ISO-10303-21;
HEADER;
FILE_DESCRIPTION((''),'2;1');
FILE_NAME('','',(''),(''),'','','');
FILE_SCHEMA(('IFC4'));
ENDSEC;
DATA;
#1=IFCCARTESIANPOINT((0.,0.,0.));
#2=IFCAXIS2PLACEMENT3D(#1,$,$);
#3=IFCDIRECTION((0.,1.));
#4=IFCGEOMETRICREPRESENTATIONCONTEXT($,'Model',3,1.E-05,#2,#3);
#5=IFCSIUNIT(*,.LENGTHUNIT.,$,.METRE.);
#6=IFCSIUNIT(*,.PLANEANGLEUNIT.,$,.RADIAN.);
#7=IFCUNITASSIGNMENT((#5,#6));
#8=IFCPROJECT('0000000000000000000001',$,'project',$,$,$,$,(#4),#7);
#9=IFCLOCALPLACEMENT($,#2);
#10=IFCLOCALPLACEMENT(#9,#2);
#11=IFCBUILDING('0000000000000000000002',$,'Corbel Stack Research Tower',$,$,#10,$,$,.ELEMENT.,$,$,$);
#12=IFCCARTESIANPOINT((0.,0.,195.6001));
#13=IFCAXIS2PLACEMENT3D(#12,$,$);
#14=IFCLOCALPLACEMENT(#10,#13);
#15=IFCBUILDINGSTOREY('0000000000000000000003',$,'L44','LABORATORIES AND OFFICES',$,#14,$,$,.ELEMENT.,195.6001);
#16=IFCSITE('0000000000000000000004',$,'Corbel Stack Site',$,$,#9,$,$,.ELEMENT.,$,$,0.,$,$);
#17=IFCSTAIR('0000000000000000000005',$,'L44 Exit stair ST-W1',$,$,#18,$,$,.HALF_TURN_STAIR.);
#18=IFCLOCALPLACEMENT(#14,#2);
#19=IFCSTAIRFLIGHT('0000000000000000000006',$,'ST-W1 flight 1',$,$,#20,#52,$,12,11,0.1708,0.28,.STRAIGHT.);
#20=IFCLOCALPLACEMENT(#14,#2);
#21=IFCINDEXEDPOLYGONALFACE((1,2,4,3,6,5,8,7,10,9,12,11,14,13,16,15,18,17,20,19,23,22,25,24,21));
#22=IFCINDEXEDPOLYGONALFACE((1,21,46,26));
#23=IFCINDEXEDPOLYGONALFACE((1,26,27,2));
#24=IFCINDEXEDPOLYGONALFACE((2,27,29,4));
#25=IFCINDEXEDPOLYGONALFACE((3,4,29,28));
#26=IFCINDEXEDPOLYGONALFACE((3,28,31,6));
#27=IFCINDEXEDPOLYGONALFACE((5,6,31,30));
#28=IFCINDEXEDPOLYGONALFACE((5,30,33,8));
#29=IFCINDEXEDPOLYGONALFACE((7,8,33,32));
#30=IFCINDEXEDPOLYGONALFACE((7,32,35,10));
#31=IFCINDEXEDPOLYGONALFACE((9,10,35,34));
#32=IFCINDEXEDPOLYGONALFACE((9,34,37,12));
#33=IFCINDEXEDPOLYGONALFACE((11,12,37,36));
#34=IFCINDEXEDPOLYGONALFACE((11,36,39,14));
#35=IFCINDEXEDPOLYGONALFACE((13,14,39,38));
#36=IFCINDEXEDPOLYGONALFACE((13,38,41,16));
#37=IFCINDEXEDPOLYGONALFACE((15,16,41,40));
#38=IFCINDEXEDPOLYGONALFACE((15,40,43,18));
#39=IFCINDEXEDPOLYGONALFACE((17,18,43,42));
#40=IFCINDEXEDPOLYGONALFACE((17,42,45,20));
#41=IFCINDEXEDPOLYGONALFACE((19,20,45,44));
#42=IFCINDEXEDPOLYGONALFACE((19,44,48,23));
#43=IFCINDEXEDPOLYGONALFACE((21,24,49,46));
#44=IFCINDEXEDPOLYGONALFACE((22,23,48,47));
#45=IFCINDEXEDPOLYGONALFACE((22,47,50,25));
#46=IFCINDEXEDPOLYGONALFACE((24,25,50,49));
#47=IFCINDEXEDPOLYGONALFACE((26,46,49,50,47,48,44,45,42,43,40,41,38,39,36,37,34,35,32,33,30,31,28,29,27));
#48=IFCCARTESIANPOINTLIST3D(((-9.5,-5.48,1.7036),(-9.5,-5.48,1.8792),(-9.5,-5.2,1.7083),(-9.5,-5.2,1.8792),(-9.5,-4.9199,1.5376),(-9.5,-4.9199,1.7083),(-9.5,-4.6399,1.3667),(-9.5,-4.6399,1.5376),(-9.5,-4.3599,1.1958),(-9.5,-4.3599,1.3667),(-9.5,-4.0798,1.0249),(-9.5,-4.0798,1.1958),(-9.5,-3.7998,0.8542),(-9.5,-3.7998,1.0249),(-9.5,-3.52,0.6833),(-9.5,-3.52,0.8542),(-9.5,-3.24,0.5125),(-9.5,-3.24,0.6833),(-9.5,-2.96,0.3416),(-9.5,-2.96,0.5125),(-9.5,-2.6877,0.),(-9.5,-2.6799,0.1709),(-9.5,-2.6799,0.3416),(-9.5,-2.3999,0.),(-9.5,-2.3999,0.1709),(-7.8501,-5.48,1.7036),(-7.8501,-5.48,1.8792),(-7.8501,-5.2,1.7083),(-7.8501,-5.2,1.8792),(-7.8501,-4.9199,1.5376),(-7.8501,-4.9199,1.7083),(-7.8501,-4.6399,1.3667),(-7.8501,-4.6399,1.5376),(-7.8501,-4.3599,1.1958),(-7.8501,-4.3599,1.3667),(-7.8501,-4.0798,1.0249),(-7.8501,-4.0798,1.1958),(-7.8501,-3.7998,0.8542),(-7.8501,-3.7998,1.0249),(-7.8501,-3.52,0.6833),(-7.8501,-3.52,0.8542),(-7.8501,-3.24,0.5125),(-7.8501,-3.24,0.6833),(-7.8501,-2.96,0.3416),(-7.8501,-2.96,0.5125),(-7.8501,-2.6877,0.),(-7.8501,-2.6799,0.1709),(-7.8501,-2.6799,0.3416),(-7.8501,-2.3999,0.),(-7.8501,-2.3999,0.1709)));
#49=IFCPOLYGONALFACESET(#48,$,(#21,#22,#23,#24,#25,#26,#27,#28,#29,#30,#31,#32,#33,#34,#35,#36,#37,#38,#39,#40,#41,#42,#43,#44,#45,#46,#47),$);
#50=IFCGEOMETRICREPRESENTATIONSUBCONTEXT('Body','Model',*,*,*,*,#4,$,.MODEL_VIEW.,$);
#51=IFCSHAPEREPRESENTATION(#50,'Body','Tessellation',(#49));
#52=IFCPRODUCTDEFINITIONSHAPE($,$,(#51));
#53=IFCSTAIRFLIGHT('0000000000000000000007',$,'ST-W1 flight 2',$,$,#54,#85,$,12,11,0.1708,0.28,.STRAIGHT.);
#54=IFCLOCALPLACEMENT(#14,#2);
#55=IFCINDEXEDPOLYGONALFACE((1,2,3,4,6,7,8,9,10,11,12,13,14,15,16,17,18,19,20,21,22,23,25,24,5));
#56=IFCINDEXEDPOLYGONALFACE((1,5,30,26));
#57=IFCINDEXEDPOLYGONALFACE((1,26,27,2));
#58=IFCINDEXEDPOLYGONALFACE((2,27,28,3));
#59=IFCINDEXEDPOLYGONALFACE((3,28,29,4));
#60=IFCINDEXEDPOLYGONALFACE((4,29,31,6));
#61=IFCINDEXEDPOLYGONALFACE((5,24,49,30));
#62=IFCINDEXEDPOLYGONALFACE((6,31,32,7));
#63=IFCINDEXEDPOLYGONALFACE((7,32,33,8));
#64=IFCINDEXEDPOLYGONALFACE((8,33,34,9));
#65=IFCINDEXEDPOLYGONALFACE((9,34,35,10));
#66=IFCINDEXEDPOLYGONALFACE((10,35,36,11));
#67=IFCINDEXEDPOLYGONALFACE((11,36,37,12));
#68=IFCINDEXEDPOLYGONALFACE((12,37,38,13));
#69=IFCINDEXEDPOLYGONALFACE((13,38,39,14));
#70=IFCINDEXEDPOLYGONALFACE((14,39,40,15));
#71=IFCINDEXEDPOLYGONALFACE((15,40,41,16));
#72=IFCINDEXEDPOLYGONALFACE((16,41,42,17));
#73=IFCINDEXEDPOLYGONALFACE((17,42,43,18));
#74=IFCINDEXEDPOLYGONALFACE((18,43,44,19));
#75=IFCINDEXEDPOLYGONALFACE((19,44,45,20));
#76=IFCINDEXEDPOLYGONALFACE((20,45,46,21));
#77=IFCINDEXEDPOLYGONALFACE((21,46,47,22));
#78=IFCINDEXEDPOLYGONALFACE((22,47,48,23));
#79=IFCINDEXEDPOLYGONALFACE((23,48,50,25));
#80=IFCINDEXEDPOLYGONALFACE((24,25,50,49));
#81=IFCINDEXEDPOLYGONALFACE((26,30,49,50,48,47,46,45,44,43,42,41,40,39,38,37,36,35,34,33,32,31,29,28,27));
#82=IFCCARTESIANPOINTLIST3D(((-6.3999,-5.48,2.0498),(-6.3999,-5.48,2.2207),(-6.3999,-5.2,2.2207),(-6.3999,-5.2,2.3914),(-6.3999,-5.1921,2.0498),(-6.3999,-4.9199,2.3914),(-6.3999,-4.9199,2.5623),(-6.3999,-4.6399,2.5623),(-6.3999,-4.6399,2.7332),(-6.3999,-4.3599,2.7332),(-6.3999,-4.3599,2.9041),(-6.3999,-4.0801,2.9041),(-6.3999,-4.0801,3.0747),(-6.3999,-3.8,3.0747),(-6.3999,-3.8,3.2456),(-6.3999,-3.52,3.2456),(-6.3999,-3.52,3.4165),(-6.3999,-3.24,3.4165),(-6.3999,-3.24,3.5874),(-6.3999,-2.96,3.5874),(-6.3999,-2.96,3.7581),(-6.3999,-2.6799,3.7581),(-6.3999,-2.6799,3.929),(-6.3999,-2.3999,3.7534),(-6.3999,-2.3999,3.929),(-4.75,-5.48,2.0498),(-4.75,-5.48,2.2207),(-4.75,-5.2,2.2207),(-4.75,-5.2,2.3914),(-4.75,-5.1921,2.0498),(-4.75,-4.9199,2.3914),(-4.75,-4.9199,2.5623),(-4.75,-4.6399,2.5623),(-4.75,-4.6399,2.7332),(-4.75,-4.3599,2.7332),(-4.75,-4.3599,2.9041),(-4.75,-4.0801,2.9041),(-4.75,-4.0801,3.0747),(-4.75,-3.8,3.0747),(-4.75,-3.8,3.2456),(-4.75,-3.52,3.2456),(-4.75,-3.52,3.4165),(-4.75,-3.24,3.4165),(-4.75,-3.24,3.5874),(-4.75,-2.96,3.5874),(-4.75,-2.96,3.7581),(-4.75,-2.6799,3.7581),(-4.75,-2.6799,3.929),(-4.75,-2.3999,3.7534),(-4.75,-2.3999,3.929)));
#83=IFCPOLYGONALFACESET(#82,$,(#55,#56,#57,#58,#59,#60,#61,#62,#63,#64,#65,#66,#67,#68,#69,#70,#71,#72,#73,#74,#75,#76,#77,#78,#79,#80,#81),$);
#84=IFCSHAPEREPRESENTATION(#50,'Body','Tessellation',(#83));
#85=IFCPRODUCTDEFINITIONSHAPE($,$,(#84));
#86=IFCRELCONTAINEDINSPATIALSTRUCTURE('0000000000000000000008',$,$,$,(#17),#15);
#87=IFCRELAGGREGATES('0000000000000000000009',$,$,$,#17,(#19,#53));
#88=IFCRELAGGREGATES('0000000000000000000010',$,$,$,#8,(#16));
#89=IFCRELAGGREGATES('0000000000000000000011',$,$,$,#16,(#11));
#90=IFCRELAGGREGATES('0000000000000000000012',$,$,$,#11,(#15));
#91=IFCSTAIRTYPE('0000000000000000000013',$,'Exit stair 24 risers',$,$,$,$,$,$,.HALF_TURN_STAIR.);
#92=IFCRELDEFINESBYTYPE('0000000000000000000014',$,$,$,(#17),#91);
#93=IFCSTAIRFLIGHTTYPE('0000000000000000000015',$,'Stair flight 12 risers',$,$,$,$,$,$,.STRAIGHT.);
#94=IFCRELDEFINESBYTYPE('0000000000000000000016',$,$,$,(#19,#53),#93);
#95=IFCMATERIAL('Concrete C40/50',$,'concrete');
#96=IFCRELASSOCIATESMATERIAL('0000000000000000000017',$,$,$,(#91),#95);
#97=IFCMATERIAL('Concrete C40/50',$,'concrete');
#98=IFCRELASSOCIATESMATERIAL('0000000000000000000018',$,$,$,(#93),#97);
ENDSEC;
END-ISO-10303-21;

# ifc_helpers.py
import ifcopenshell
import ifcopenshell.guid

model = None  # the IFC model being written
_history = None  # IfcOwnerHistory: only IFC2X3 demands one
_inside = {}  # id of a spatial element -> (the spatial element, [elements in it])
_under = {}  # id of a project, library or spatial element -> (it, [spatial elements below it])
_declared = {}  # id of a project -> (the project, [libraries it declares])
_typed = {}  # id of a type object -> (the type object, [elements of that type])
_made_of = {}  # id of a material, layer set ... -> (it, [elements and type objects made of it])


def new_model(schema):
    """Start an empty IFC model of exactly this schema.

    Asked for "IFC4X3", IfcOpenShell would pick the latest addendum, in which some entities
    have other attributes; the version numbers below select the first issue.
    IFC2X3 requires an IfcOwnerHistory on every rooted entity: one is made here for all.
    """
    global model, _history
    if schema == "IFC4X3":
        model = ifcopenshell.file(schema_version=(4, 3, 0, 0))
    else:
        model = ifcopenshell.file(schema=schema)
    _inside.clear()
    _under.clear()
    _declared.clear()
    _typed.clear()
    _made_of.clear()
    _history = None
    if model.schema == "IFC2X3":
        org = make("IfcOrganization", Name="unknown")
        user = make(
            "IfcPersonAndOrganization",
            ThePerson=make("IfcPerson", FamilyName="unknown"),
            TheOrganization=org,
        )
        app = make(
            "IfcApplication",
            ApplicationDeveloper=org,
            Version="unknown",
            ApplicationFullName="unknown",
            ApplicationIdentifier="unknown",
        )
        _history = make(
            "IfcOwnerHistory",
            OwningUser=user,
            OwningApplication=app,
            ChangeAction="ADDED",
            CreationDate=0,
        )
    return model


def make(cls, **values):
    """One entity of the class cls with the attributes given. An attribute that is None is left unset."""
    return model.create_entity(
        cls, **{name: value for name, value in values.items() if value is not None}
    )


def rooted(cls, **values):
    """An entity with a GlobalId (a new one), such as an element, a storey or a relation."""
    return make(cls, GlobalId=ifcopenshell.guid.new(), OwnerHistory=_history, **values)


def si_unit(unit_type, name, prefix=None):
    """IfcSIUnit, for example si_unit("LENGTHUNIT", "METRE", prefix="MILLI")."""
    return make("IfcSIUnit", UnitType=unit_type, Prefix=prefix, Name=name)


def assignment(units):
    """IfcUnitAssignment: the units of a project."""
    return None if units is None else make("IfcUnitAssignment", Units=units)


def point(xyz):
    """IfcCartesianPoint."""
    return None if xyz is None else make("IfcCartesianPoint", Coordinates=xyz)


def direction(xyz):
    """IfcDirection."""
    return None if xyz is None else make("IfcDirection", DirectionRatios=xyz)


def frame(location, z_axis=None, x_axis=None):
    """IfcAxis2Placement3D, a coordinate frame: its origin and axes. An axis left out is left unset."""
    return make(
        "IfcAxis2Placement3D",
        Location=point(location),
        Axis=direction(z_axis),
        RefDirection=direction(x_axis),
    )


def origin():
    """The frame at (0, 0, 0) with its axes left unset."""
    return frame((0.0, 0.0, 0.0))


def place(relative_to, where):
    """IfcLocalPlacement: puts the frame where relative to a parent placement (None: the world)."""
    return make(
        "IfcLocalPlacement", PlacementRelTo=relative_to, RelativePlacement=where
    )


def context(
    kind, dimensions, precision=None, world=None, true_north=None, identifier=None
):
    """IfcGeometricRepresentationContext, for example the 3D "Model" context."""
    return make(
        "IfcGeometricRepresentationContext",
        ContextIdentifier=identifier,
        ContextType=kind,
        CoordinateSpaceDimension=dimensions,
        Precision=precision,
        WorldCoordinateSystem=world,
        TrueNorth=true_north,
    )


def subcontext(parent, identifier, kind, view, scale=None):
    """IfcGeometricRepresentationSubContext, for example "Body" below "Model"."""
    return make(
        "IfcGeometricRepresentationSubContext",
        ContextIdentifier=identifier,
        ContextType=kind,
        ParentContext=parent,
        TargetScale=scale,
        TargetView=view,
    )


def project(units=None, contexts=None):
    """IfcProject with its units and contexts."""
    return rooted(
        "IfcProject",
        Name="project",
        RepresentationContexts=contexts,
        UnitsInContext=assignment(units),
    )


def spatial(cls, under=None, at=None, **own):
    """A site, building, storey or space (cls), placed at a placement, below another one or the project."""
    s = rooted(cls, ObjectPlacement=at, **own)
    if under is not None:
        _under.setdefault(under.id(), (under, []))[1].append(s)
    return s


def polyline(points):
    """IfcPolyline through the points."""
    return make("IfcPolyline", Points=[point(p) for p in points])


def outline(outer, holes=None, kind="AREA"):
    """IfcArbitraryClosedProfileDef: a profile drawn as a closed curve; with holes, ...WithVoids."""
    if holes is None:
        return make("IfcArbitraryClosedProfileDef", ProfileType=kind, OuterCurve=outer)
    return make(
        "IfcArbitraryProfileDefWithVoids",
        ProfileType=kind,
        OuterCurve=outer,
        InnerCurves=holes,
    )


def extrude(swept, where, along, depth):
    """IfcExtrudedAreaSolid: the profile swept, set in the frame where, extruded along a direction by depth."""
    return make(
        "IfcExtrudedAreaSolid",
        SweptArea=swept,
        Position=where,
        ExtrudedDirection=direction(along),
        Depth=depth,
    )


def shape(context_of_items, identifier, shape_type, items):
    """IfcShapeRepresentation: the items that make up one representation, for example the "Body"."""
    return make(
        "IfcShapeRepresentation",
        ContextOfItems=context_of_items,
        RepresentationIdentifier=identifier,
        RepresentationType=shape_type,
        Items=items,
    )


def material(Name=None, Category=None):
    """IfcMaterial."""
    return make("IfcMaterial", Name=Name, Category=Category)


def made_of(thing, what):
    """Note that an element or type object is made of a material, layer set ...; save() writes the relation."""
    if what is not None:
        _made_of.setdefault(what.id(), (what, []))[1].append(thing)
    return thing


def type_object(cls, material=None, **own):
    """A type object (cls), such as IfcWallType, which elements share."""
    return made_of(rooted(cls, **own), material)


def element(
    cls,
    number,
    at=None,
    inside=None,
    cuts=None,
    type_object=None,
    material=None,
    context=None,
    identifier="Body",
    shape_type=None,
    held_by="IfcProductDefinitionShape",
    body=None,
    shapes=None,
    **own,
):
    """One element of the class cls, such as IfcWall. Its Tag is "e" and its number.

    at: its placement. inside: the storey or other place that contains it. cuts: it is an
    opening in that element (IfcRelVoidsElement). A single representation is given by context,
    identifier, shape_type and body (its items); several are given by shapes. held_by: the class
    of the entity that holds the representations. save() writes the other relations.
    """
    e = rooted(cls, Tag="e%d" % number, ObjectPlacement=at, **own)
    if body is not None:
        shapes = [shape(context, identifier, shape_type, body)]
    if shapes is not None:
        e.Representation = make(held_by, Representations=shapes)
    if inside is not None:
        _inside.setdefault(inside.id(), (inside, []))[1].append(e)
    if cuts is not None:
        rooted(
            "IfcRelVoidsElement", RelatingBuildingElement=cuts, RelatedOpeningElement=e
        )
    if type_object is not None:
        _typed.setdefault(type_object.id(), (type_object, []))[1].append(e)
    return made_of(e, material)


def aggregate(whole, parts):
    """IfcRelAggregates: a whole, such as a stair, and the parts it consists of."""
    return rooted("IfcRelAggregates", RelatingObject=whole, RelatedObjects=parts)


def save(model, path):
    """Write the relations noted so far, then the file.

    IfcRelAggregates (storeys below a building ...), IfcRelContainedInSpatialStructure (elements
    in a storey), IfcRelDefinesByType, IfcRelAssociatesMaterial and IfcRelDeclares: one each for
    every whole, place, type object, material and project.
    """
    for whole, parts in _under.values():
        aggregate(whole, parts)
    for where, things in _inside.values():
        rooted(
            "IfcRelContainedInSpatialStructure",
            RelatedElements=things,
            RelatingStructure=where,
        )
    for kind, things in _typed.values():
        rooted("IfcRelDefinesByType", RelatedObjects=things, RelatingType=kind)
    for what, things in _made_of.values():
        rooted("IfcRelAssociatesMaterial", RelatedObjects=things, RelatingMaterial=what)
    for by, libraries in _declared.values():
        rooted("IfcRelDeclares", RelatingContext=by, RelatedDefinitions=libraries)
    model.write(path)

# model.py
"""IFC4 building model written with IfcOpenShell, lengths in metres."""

from ifc_helpers import new_model, si_unit, direction, frame, origin, place, context, subcontext, project, spatial, polyline, outline, extrude, material, type_object, element, aggregate, save


model = new_model("IFC4")

# Units and contexts
model_context = context("Model", 3, precision=1e-05, world=origin(), true_north=direction((0.0, 1.0)))
body_context = subcontext(model_context, "Body", "Model", "MODEL_VIEW")
ifc_project = project(units=[si_unit("LENGTHUNIT", "METRE"), si_unit("PLANEANGLEUNIT", "RADIAN")], contexts=[model_context])

# Site, building, storey
site_placement = place(None, origin())
site = spatial("IfcSite", under=ifc_project, at=site_placement, Name="Corbel Stack Site", CompositionType="ELEMENT", RefElevation=0.0)
building_placement = place(site_placement, origin())
building = spatial("IfcBuilding", under=site, at=building_placement, Name="Corbel Stack Research Tower", CompositionType="ELEMENT")
storey_placement = place(building_placement, frame((0.0, 0.0, 195.6001)))
storey = spatial("IfcBuildingStorey", under=building, at=storey_placement, Name="L44", Description="LABORATORIES AND OFFICES", CompositionType="ELEMENT", Elevation=195.6001)

# Stair, stair flights
ifc_material_1 = material(Name="Concrete C40/50", Category="concrete")
stair_type = type_object("IfcStairType", Name="Exit stair 24 risers", PredefinedType="HALF_TURN_STAIR", material=ifc_material_1)
stair_placement = place(storey_placement, origin())
stair = element("IfcStair", 1, at=stair_placement, inside=storey, type_object=stair_type, Name="L44 Exit stair ST-W1", PredefinedType="HALF_TURN_STAIR")
ifc_material_2 = material(Name="Concrete C40/50", Category="concrete")
stair_flight_type = type_object("IfcStairFlightType", Name="Stair flight 12 risers", PredefinedType="STRAIGHT", material=ifc_material_2)
stair_flight_1_placement = place(storey_placement, frame((-8.675, -2.3999, 0.0), z_axis=(0.0, 0.0, 1.0), x_axis=(0.0, -1.0, 0.0)))
stair_flight_1 = element("IfcStairFlight", 2, at=stair_flight_1_placement, type_object=stair_flight_type, Name="ST-W1 flight 1", NumberOfRisers=12, NumberOfTreads=11, PredefinedType="STRAIGHT", RiserHeight=0.1708, TreadLength=0.28, context=body_context, shape_type="SweptSolid", body=[
    extrude(outline(polyline([(0.0, 0.0), (0.0, 0.1709), (0.28, 0.1709), (0.28, 0.3416), (0.5601, 0.3416), (0.5601, 0.5125), (0.8401, 0.5125), (0.8401, 0.6833), (1.1201, 0.6833), (1.1201, 0.8542), (1.3999, 0.8542), (1.3999, 1.0249), (1.6799, 1.0249), (1.6799, 1.1958), (1.96, 1.1958), (1.96, 1.3667), (2.24, 1.3667), (2.24, 1.5376), (2.52, 1.5376), (2.52, 1.7083), (2.8, 1.7083), (2.8, 1.8792), (3.0801, 1.8792), (3.0801, 2.05), (3.0801, 1.7036), (0.2878, 0.0), (0.0, 0.0)])), frame((0.0, 0.825, 0.0), z_axis=(0.0, -1.0, 0.0), x_axis=(1.0, 0.0, 0.0)), (0.0, 0.0, 1.0), 1.6499),
])
stair_flight_2_placement = place(storey_placement, frame((-5.575, -5.48, 2.0498), z_axis=(0.0, 0.0, 1.0), x_axis=(0.0, 1.0, 0.0)))
stair_flight_2 = element("IfcStairFlight", 3, at=stair_flight_2_placement, type_object=stair_flight_type, Name="ST-W1 flight 2", NumberOfRisers=12, NumberOfTreads=11, PredefinedType="STRAIGHT", RiserHeight=0.1708, TreadLength=0.28, context=body_context, shape_type="SweptSolid", body=[
    extrude(outline(polyline([(0.0, 0.0), (0.0, 0.1709), (0.28, 0.1709), (0.28, 0.3416), (0.5601, 0.3416), (0.5601, 0.5125), (0.8401, 0.5125), (0.8401, 0.6833), (1.1201, 0.6833), (1.1201, 0.8542), (1.3999, 0.8542), (1.3999, 1.0249), (1.6799, 1.0249), (1.6799, 1.1958), (1.96, 1.1958), (1.96, 1.3667), (2.24, 1.3667), (2.24, 1.5376), (2.52, 1.5376), (2.52, 1.7083), (2.8, 1.7083), (2.8, 1.8792), (3.0801, 1.8792), (3.0801, 2.05), (3.0801, 1.7036), (0.2878, 0.0), (0.0, 0.0)])), frame((0.0, 0.825, 0.0), z_axis=(0.0, -1.0, 0.0), x_axis=(1.0, 0.0, 0.0)), (0.0, 0.0, 1.0), 1.6499),
])
aggregate(stair, [stair_flight_1, stair_flight_2])

save(model, "model.ifc")
